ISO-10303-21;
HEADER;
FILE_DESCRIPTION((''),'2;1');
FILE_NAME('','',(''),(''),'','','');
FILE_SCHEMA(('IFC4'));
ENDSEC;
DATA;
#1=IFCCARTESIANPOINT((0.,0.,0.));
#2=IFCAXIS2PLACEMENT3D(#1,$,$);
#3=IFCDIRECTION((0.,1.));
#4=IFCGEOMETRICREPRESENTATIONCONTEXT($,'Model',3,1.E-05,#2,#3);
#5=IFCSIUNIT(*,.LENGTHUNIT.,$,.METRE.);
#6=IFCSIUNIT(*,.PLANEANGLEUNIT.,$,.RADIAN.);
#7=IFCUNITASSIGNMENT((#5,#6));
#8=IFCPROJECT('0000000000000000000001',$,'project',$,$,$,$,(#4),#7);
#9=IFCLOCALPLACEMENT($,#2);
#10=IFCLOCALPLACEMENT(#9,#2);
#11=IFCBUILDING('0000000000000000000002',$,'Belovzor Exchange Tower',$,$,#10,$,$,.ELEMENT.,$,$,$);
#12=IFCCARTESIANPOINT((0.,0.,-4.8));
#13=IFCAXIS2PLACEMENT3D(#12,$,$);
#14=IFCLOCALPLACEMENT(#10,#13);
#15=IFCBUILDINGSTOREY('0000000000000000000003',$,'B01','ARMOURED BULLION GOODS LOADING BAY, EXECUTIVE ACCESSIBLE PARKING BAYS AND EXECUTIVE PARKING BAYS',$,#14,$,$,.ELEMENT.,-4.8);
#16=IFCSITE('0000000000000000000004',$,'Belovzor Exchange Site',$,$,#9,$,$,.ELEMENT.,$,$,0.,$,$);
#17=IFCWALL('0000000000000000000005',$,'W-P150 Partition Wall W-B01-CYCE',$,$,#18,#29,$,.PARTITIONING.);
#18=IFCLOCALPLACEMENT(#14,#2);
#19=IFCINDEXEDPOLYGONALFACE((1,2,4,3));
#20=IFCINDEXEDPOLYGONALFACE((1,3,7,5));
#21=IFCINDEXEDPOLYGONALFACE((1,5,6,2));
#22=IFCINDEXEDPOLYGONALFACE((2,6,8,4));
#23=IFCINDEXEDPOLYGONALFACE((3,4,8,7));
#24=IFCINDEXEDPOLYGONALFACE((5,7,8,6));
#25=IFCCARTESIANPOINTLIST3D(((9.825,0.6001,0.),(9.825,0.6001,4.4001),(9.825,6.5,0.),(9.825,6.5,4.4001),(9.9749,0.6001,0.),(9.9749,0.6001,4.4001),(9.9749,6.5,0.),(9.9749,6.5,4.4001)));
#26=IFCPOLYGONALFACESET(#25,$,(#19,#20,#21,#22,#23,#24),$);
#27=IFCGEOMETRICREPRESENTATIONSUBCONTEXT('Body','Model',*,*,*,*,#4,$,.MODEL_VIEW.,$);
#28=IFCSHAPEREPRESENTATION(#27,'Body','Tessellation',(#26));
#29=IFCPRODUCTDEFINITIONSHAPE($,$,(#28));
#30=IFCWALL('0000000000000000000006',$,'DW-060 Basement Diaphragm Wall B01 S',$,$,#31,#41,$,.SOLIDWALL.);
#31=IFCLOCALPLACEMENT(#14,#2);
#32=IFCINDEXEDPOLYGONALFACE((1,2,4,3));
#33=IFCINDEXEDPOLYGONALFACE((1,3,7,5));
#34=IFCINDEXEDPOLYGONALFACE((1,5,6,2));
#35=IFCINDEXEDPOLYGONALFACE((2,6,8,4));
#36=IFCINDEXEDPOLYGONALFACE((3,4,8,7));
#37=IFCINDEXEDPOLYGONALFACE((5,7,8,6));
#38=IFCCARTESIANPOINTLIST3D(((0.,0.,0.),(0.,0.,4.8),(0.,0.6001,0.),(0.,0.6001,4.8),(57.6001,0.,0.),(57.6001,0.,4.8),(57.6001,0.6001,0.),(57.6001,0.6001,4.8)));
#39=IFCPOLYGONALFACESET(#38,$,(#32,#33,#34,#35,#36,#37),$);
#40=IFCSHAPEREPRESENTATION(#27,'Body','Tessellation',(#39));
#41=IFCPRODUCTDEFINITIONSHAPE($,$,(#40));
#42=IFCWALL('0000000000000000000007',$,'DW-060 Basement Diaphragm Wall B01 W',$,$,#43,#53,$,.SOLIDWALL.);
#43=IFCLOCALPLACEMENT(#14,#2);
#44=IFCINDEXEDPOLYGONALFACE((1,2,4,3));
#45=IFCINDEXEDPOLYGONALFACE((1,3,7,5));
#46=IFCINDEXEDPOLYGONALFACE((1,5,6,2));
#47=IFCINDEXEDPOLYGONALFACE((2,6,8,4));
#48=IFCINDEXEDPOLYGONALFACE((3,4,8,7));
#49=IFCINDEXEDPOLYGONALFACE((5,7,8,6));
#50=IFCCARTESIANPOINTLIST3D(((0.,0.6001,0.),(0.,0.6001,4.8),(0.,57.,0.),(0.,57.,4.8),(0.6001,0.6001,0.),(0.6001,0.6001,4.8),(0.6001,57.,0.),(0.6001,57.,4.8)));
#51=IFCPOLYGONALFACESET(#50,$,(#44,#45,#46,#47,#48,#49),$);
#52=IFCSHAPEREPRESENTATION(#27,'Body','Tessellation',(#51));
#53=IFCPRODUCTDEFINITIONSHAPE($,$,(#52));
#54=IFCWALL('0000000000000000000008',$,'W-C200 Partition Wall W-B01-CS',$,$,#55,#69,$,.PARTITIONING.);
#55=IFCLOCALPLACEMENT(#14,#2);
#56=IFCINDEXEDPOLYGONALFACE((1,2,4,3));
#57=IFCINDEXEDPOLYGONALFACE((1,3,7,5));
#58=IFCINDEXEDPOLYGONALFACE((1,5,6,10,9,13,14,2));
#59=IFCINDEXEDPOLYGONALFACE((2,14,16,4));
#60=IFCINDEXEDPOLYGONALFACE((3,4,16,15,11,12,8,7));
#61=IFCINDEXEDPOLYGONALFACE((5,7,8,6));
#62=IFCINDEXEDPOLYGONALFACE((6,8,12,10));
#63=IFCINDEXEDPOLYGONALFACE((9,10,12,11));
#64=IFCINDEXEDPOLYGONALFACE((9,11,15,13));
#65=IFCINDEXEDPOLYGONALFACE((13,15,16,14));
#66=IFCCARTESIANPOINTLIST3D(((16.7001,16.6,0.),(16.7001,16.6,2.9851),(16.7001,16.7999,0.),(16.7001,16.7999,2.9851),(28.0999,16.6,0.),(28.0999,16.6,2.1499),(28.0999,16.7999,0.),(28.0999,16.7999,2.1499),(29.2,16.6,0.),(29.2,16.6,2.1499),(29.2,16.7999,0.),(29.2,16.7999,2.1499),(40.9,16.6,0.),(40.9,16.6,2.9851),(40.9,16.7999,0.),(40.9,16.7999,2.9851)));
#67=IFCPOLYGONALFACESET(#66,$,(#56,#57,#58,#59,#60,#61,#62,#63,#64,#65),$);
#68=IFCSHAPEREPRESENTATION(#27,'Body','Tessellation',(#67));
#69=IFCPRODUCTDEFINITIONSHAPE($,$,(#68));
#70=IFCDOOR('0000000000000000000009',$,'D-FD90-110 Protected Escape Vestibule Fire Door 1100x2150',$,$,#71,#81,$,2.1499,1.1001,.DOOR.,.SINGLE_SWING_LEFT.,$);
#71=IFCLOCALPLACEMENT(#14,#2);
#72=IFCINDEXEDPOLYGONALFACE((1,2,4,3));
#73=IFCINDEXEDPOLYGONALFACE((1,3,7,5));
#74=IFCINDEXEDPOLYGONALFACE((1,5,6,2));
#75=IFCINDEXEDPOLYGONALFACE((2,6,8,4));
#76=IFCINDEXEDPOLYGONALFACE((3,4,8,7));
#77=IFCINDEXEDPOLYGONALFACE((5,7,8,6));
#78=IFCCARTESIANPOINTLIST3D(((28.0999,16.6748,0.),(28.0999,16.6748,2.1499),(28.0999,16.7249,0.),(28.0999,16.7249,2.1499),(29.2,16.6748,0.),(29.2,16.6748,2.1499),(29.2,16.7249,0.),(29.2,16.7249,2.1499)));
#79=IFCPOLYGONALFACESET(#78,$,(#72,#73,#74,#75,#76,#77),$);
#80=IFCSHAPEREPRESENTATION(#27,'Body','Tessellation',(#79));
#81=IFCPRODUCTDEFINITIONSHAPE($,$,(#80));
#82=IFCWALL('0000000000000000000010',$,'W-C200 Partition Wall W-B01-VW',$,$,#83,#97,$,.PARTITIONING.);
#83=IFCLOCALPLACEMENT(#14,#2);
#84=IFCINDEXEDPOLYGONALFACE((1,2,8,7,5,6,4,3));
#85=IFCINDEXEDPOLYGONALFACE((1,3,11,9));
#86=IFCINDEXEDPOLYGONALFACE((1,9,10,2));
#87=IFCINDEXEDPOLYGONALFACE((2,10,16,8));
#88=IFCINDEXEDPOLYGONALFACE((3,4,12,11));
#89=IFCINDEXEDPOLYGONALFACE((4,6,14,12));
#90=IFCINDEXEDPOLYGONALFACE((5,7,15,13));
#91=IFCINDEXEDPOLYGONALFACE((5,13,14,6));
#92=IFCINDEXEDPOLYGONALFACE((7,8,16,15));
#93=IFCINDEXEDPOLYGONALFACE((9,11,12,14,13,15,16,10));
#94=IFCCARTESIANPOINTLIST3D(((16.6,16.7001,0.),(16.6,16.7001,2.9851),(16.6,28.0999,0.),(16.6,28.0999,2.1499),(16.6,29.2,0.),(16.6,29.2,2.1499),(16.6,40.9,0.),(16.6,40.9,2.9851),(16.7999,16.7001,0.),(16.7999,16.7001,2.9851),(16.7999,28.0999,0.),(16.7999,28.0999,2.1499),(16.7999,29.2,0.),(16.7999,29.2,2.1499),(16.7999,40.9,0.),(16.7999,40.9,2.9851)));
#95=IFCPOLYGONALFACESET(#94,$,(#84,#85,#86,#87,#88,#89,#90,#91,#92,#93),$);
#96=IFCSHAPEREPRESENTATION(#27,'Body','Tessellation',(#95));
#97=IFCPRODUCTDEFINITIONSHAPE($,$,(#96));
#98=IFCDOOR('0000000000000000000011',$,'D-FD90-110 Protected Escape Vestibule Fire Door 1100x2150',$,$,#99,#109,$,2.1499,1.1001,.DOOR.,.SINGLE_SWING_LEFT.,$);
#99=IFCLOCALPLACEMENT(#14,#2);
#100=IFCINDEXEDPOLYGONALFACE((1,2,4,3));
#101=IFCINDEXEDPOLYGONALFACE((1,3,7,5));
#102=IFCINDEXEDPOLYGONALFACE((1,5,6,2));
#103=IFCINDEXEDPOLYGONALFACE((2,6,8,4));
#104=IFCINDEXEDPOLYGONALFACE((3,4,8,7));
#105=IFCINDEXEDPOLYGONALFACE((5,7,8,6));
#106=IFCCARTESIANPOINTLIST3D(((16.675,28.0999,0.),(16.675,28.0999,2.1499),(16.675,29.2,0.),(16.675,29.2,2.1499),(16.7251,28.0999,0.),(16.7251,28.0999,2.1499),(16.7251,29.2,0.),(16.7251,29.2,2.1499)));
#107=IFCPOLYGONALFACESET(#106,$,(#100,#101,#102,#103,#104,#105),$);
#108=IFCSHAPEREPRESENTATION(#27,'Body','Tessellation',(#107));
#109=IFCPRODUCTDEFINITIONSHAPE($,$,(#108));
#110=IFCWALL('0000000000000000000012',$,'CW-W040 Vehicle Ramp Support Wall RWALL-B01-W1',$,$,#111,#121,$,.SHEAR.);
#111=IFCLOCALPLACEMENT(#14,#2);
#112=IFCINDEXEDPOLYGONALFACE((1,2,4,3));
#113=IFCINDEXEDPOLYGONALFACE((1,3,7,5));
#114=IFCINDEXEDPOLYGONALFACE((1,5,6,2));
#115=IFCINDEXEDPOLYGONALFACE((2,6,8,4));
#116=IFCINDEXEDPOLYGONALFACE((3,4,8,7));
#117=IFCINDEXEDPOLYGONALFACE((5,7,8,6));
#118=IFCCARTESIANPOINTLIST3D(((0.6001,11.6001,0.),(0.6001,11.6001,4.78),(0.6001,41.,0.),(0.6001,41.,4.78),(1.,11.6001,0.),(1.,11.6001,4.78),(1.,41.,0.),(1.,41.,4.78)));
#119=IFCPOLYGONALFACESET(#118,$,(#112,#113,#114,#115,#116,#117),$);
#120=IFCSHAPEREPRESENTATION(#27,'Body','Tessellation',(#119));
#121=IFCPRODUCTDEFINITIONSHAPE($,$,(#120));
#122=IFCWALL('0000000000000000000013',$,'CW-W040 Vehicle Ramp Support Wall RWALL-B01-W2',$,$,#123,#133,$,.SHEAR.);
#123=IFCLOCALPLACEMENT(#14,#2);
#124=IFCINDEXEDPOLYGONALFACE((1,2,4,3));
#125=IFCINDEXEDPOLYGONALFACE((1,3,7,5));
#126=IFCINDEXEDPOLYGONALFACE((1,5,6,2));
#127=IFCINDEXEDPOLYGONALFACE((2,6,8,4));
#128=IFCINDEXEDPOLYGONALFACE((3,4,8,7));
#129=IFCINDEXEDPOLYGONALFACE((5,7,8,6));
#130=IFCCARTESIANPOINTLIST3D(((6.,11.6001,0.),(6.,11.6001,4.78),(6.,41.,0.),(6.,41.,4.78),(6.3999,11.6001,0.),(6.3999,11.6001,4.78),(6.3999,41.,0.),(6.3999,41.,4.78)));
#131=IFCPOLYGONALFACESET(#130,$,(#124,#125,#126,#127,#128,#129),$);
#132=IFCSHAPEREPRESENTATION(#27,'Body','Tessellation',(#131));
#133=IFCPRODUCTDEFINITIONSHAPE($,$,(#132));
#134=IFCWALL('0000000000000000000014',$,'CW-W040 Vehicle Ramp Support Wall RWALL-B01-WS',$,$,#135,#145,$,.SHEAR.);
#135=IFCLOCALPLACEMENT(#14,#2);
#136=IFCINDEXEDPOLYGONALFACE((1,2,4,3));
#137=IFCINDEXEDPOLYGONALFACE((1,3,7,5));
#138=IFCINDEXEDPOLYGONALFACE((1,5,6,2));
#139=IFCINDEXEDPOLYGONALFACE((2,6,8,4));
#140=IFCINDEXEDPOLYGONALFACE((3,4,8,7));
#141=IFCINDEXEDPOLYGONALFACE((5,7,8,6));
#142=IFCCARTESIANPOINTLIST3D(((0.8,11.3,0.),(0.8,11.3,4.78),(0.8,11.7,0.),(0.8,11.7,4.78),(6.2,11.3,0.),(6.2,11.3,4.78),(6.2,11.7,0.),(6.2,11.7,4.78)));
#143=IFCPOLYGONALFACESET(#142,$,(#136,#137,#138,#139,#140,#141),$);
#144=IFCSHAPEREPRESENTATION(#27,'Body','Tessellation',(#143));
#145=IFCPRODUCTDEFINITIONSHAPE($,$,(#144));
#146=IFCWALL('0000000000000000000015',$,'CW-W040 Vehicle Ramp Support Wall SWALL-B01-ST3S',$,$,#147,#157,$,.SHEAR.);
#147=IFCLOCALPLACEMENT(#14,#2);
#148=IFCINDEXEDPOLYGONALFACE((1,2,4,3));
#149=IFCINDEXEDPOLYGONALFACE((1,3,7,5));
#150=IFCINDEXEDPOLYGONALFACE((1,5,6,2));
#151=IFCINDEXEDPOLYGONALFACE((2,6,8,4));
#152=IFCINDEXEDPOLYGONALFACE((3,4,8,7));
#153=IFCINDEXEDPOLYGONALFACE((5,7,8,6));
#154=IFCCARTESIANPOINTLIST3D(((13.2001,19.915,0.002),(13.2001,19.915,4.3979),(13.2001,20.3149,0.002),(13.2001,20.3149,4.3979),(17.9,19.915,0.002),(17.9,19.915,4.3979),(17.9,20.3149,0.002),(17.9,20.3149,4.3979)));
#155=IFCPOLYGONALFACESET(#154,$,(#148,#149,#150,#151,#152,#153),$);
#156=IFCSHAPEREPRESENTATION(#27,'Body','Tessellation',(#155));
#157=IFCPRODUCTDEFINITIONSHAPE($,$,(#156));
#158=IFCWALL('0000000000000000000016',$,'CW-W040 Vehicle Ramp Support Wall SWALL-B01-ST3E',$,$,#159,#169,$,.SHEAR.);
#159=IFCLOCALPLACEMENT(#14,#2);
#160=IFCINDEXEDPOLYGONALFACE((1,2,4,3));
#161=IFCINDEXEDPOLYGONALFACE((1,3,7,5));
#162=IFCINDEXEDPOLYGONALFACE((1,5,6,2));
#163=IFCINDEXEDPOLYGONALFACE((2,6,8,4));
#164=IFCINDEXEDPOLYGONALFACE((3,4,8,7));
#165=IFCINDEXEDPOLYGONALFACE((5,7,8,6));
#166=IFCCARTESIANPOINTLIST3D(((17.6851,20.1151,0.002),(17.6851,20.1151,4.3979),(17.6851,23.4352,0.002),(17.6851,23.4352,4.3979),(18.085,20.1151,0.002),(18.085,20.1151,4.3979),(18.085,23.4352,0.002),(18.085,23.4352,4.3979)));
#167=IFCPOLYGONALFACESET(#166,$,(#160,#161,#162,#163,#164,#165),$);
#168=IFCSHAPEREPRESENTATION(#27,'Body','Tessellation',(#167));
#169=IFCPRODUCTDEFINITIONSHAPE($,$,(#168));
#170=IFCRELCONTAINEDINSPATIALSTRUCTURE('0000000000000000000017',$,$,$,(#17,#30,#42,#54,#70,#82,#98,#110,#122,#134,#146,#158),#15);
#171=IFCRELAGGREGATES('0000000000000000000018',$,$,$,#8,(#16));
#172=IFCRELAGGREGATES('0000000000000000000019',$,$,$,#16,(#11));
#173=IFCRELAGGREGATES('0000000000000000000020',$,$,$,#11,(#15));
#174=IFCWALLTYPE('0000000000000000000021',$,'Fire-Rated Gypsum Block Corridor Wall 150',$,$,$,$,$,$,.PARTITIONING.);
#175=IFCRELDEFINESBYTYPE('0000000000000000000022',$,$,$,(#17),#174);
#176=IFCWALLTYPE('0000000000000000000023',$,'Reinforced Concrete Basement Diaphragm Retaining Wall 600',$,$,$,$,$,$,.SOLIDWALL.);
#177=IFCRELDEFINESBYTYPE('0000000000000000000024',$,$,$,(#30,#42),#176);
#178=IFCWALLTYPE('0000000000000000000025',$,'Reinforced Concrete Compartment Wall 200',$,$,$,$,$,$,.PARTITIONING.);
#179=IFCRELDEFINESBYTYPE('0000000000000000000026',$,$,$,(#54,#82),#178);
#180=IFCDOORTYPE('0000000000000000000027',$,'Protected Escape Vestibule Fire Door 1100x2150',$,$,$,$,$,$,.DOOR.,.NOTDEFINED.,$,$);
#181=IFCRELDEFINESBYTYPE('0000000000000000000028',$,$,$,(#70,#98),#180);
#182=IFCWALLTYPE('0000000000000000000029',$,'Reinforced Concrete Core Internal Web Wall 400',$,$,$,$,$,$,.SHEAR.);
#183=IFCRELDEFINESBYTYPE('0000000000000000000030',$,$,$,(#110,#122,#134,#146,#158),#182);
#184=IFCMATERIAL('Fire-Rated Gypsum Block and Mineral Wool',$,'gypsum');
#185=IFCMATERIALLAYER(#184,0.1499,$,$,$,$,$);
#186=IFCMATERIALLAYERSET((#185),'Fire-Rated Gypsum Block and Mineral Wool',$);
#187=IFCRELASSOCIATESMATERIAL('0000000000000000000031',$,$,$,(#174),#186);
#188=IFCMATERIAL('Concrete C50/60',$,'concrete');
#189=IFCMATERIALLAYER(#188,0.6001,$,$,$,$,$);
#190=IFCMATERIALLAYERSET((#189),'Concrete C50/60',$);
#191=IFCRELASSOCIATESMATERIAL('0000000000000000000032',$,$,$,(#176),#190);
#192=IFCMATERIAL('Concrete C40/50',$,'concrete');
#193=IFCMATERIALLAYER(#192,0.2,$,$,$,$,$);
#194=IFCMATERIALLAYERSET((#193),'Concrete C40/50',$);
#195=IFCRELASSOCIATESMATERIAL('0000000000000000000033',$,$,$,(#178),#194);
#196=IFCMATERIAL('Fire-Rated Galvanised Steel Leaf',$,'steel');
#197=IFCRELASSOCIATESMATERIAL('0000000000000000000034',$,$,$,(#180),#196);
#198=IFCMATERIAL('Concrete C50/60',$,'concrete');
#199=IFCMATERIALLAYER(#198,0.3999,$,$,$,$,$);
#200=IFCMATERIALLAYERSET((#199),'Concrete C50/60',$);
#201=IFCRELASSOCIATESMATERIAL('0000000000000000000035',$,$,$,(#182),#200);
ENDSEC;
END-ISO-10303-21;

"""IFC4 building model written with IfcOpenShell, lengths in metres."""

from ifc_helpers import new_model, si_unit, direction, frame, frame_2d, origin, place, context, subcontext, project, spatial, rectangle, extrude, material, layer, layer_set, type_object, element, fill, save


model = new_model("IFC4")

# Units and contexts
model_context = context("Model", 3, precision=1e-05, world=origin(), true_north=direction((0.0, 1.0)))
body_context = subcontext(model_context, "Body", "Model", "MODEL_VIEW")
ifc_project = project(units=[si_unit("LENGTHUNIT", "METRE"), si_unit("PLANEANGLEUNIT", "RADIAN")], contexts=[model_context])

# Site, building, storey
site_placement = place(None, origin())
site = spatial("IfcSite", under=ifc_project, at=site_placement, Name="Belovzor Exchange Site", CompositionType="ELEMENT", RefElevation=0.0)
building_placement = place(site_placement, origin())
building = spatial("IfcBuilding", under=site, at=building_placement, Name="Belovzor Exchange Tower", CompositionType="ELEMENT")
storey_placement = place(building_placement, frame((0.0, 0.0, -4.8)))
storey = spatial("IfcBuildingStorey", under=building, at=storey_placement, Name="B01", Description="ARMOURED BULLION GOODS LOADING BAY, EXECUTIVE ACCESSIBLE PARKING BAYS AND EXECUTIVE PARKING BAYS", CompositionType="ELEMENT", Elevation=-4.8)

# Wall
ifc_material_1 = material(Name="Fire-Rated Gypsum Block and Mineral Wool", Category="gypsum")
ifc_layer_1 = layer(ifc_material_1, 0.1499)
ifc_layer_set_1 = layer_set([ifc_layer_1], Name="Fire-Rated Gypsum Block and Mineral Wool")
wall_type_1 = type_object("IfcWallType", Name="Fire-Rated Gypsum Block Corridor Wall 150", PredefinedType="PARTITIONING", material=ifc_layer_set_1)
wall_1_placement = place(storey_placement, frame((9.8999, 0.6001, 0.0), z_axis=(0.0, 0.0, 1.0), x_axis=(0.0, 1.0, 0.0)))
element("IfcWall", 1, at=wall_1_placement, inside=storey, type_object=wall_type_1, Name="W-P150 Partition Wall W-B01-CYCE", PredefinedType="PARTITIONING", context=body_context, shape_type="SweptSolid", body=[
    extrude(rectangle(XDim=5.8999, YDim=0.1499, at=frame_2d((2.95, 0.0))), origin(), (0.0, 0.0, 1.0), 4.4001),
])

# Walls
ifc_material_2 = material(Name="Concrete C50/60", Category="concrete")
ifc_layer_2 = layer(ifc_material_2, 0.6001)
ifc_layer_set_2 = layer_set([ifc_layer_2], Name="Concrete C50/60")
wall_type_2 = type_object("IfcWallType", Name="Reinforced Concrete Basement Diaphragm Retaining Wall 600", PredefinedType="SOLIDWALL", material=ifc_layer_set_2)
wall_2_placement = place(storey_placement, frame((0.0, 0.3, 0.0), z_axis=(0.0, 0.0, 1.0), x_axis=(1.0, 0.0, 0.0)))
element("IfcWall", 2, at=wall_2_placement, inside=storey, type_object=wall_type_2, Name="DW-060 Basement Diaphragm Wall B01 S", PredefinedType="SOLIDWALL", context=body_context, shape_type="SweptSolid", body=[
    extrude(rectangle(XDim=57.6001, YDim=0.6001, at=frame_2d((28.8, 0.0))), origin(), (0.0, 0.0, 1.0), 4.8),
])
wall_3_placement = place(storey_placement, frame((0.3, 0.6001, 0.0), z_axis=(0.0, 0.0, 1.0), x_axis=(0.0, 1.0, 0.0)))
element("IfcWall", 3, at=wall_3_placement, inside=storey, type_object=wall_type_2, Name="DW-060 Basement Diaphragm Wall B01 W", PredefinedType="SOLIDWALL", context=body_context, shape_type="SweptSolid", body=[
    extrude(rectangle(XDim=56.3999, YDim=0.6001, at=frame_2d((28.2, 0.0))), origin(), (0.0, 0.0, 1.0), 4.8),
])

# Walls, openings, doors
ifc_material_3 = material(Name="Concrete C40/50", Category="concrete")
ifc_layer_3 = layer(ifc_material_3, 0.2)
ifc_layer_set_3 = layer_set([ifc_layer_3], Name="Concrete C40/50")
wall_type_3 = type_object("IfcWallType", Name="Reinforced Concrete Compartment Wall 200", PredefinedType="PARTITIONING", material=ifc_layer_set_3)
wall_4_placement = place(storey_placement, frame((16.7, 16.7, 0.0), z_axis=(0.0, 0.0, 1.0), x_axis=(1.0, 0.0, 0.0)))
wall_4 = element("IfcWall", 4, at=wall_4_placement, inside=storey, type_object=wall_type_3, Name="W-C200 Partition Wall W-B01-CS", PredefinedType="PARTITIONING", context=body_context, shape_type="SweptSolid", body=[
    extrude(rectangle(XDim=24.2, YDim=0.2, at=frame_2d((12.1001, 0.0))), origin(), (0.0, 0.0, 1.0), 2.9851),
])
opening_1_placement = place(wall_4_placement, frame((11.3999, 0.0, 0.0)))
opening_1 = element("IfcOpeningElement", 5, at=opening_1_placement, cuts=wall_4, PredefinedType="OPENING", context=body_context, shape_type="SweptSolid", body=[
    extrude(rectangle(XDim=1.1001, YDim=2.1499, at=frame_2d((0.55, 1.075))), frame((0.0, 0.1099, 0.0), z_axis=(0.0, -1.0, 0.0), x_axis=(1.0, 0.0, 0.0)), (0.0, 0.0, 1.0), 0.22),
])
ifc_material_4 = material(Name="Fire-Rated Galvanised Steel Leaf", Category="steel")
door_type_1 = type_object("IfcDoorType", Name="Protected Escape Vestibule Fire Door 1100x2150", OperationType="NOTDEFINED", PredefinedType="DOOR", material=ifc_material_4)
door_1_placement = place(opening_1_placement, origin())
door_1 = element("IfcDoor", 6, at=door_1_placement, inside=storey, type_object=door_type_1, Name="D-FD90-110 Protected Escape Vestibule Fire Door 1100x2150", OperationType="SINGLE_SWING_LEFT", OverallHeight=2.1499, OverallWidth=1.1001, PredefinedType="DOOR", context=body_context, shape_type="SweptSolid", body=[
    extrude(rectangle(XDim=1.1001, YDim=2.1499, at=frame_2d((0.55, 1.075))), frame((0.0, 0.0249, 0.0), z_axis=(0.0, -1.0, 0.0), x_axis=(1.0, 0.0, 0.0)), (0.0, 0.0, 1.0), 0.05),
])
fill(opening_1, door_1)
wall_5_placement = place(storey_placement, frame((16.7, 16.7, 0.0), z_axis=(0.0, 0.0, 1.0), x_axis=(0.0, 1.0, 0.0)))
wall_5 = element("IfcWall", 7, at=wall_5_placement, inside=storey, type_object=wall_type_3, Name="W-C200 Partition Wall W-B01-VW", PredefinedType="PARTITIONING", context=body_context, shape_type="SweptSolid", body=[
    extrude(rectangle(XDim=24.2, YDim=0.2, at=frame_2d((12.1001, 0.0))), origin(), (0.0, 0.0, 1.0), 2.9851),
])
opening_2_placement = place(wall_5_placement, frame((11.3999, 0.0, 0.0)))
opening_2 = element("IfcOpeningElement", 8, at=opening_2_placement, cuts=wall_5, PredefinedType="OPENING", context=body_context, shape_type="SweptSolid", body=[
    extrude(rectangle(XDim=1.1001, YDim=2.1499, at=frame_2d((0.55, 1.075))), frame((0.0, 0.1099, 0.0), z_axis=(0.0, -1.0, 0.0), x_axis=(1.0, 0.0, 0.0)), (0.0, 0.0, 1.0), 0.22),
])
door_2_placement = place(opening_2_placement, origin())
door_2 = element("IfcDoor", 9, at=door_2_placement, inside=storey, type_object=door_type_1, Name="D-FD90-110 Protected Escape Vestibule Fire Door 1100x2150", OperationType="SINGLE_SWING_LEFT", OverallHeight=2.1499, OverallWidth=1.1001, PredefinedType="DOOR", context=body_context, shape_type="SweptSolid", body=[
    extrude(rectangle(XDim=1.1001, YDim=2.1499, at=frame_2d((0.55, 1.075))), frame((0.0, 0.0249, 0.0), z_axis=(0.0, -1.0, 0.0), x_axis=(1.0, 0.0, 0.0)), (0.0, 0.0, 1.0), 0.05),
])
fill(opening_2, door_2)

# Walls
ifc_material_5 = material(Name="Concrete C50/60", Category="concrete")
ifc_layer_4 = layer(ifc_material_5, 0.3999)
ifc_layer_set_4 = layer_set([ifc_layer_4], Name="Concrete C50/60")
wall_type_4 = type_object("IfcWallType", Name="Reinforced Concrete Core Internal Web Wall 400", PredefinedType="SHEAR", material=ifc_layer_set_4)
for number, where, z_axis, x_axis, name in (
    (10, (0.8, 11.6001, 0.0), (0.0, 0.0, 1.0), (0.0, 1.0, 0.0), "CW-W040 Vehicle Ramp Support Wall RWALL-B01-W1"),
    (11, (6.2, 11.6001, 0.0), (0.0, 0.0, 1.0), (0.0, 1.0, 0.0), "CW-W040 Vehicle Ramp Support Wall RWALL-B01-W2"),
):
    element("IfcWall", number, at=place(storey_placement, frame(where, z_axis=z_axis, x_axis=x_axis)), inside=storey, type_object=wall_type_4, Name=name, PredefinedType="SHEAR", context=body_context, shape_type="SweptSolid", body=[
        extrude(rectangle(XDim=29.3999, YDim=0.3999, at=frame_2d((14.7, 0.0))), origin(), (0.0, 0.0, 1.0), 4.78),
    ])
wall_6_placement = place(storey_placement, frame((0.8, 11.5, 0.0), z_axis=(0.0, 0.0, 1.0), x_axis=(1.0, 0.0, 0.0)))
element("IfcWall", 12, at=wall_6_placement, inside=storey, type_object=wall_type_4, Name="CW-W040 Vehicle Ramp Support Wall RWALL-B01-WS", PredefinedType="SHEAR", context=body_context, shape_type="SweptSolid", body=[
    extrude(rectangle(XDim=5.3999, YDim=0.3999, at=frame_2d((2.7, 0.0))), origin(), (0.0, 0.0, 1.0), 4.78),
])
wall_7_placement = place(storey_placement, frame((13.2, 20.115, 0.002), z_axis=(0.0, 0.0, 1.0), x_axis=(1.0, 0.0, 0.0)))
element("IfcWall", 13, at=wall_7_placement, inside=storey, type_object=wall_type_4, Name="CW-W040 Vehicle Ramp Support Wall SWALL-B01-ST3S", PredefinedType="SHEAR", context=body_context, shape_type="SweptSolid", body=[
    extrude(rectangle(XDim=4.7, YDim=0.3999, at=frame_2d((2.3501, 0.0))), origin(), (0.0, 0.0, 1.0), 4.396),
])
wall_8_placement = place(storey_placement, frame((17.885, 20.115, 0.002), z_axis=(0.0, 0.0, 1.0), x_axis=(0.0, 1.0, 0.0)))
element("IfcWall", 14, at=wall_8_placement, inside=storey, type_object=wall_type_4, Name="CW-W040 Vehicle Ramp Support Wall SWALL-B01-ST3E", PredefinedType="SHEAR", context=body_context, shape_type="SweptSolid", body=[
    extrude(rectangle(XDim=3.3201, YDim=0.3999, at=frame_2d((1.6602, 0.0))), origin(), (0.0, 0.0, 1.0), 4.396),
])

save(model, "model.ifc")
